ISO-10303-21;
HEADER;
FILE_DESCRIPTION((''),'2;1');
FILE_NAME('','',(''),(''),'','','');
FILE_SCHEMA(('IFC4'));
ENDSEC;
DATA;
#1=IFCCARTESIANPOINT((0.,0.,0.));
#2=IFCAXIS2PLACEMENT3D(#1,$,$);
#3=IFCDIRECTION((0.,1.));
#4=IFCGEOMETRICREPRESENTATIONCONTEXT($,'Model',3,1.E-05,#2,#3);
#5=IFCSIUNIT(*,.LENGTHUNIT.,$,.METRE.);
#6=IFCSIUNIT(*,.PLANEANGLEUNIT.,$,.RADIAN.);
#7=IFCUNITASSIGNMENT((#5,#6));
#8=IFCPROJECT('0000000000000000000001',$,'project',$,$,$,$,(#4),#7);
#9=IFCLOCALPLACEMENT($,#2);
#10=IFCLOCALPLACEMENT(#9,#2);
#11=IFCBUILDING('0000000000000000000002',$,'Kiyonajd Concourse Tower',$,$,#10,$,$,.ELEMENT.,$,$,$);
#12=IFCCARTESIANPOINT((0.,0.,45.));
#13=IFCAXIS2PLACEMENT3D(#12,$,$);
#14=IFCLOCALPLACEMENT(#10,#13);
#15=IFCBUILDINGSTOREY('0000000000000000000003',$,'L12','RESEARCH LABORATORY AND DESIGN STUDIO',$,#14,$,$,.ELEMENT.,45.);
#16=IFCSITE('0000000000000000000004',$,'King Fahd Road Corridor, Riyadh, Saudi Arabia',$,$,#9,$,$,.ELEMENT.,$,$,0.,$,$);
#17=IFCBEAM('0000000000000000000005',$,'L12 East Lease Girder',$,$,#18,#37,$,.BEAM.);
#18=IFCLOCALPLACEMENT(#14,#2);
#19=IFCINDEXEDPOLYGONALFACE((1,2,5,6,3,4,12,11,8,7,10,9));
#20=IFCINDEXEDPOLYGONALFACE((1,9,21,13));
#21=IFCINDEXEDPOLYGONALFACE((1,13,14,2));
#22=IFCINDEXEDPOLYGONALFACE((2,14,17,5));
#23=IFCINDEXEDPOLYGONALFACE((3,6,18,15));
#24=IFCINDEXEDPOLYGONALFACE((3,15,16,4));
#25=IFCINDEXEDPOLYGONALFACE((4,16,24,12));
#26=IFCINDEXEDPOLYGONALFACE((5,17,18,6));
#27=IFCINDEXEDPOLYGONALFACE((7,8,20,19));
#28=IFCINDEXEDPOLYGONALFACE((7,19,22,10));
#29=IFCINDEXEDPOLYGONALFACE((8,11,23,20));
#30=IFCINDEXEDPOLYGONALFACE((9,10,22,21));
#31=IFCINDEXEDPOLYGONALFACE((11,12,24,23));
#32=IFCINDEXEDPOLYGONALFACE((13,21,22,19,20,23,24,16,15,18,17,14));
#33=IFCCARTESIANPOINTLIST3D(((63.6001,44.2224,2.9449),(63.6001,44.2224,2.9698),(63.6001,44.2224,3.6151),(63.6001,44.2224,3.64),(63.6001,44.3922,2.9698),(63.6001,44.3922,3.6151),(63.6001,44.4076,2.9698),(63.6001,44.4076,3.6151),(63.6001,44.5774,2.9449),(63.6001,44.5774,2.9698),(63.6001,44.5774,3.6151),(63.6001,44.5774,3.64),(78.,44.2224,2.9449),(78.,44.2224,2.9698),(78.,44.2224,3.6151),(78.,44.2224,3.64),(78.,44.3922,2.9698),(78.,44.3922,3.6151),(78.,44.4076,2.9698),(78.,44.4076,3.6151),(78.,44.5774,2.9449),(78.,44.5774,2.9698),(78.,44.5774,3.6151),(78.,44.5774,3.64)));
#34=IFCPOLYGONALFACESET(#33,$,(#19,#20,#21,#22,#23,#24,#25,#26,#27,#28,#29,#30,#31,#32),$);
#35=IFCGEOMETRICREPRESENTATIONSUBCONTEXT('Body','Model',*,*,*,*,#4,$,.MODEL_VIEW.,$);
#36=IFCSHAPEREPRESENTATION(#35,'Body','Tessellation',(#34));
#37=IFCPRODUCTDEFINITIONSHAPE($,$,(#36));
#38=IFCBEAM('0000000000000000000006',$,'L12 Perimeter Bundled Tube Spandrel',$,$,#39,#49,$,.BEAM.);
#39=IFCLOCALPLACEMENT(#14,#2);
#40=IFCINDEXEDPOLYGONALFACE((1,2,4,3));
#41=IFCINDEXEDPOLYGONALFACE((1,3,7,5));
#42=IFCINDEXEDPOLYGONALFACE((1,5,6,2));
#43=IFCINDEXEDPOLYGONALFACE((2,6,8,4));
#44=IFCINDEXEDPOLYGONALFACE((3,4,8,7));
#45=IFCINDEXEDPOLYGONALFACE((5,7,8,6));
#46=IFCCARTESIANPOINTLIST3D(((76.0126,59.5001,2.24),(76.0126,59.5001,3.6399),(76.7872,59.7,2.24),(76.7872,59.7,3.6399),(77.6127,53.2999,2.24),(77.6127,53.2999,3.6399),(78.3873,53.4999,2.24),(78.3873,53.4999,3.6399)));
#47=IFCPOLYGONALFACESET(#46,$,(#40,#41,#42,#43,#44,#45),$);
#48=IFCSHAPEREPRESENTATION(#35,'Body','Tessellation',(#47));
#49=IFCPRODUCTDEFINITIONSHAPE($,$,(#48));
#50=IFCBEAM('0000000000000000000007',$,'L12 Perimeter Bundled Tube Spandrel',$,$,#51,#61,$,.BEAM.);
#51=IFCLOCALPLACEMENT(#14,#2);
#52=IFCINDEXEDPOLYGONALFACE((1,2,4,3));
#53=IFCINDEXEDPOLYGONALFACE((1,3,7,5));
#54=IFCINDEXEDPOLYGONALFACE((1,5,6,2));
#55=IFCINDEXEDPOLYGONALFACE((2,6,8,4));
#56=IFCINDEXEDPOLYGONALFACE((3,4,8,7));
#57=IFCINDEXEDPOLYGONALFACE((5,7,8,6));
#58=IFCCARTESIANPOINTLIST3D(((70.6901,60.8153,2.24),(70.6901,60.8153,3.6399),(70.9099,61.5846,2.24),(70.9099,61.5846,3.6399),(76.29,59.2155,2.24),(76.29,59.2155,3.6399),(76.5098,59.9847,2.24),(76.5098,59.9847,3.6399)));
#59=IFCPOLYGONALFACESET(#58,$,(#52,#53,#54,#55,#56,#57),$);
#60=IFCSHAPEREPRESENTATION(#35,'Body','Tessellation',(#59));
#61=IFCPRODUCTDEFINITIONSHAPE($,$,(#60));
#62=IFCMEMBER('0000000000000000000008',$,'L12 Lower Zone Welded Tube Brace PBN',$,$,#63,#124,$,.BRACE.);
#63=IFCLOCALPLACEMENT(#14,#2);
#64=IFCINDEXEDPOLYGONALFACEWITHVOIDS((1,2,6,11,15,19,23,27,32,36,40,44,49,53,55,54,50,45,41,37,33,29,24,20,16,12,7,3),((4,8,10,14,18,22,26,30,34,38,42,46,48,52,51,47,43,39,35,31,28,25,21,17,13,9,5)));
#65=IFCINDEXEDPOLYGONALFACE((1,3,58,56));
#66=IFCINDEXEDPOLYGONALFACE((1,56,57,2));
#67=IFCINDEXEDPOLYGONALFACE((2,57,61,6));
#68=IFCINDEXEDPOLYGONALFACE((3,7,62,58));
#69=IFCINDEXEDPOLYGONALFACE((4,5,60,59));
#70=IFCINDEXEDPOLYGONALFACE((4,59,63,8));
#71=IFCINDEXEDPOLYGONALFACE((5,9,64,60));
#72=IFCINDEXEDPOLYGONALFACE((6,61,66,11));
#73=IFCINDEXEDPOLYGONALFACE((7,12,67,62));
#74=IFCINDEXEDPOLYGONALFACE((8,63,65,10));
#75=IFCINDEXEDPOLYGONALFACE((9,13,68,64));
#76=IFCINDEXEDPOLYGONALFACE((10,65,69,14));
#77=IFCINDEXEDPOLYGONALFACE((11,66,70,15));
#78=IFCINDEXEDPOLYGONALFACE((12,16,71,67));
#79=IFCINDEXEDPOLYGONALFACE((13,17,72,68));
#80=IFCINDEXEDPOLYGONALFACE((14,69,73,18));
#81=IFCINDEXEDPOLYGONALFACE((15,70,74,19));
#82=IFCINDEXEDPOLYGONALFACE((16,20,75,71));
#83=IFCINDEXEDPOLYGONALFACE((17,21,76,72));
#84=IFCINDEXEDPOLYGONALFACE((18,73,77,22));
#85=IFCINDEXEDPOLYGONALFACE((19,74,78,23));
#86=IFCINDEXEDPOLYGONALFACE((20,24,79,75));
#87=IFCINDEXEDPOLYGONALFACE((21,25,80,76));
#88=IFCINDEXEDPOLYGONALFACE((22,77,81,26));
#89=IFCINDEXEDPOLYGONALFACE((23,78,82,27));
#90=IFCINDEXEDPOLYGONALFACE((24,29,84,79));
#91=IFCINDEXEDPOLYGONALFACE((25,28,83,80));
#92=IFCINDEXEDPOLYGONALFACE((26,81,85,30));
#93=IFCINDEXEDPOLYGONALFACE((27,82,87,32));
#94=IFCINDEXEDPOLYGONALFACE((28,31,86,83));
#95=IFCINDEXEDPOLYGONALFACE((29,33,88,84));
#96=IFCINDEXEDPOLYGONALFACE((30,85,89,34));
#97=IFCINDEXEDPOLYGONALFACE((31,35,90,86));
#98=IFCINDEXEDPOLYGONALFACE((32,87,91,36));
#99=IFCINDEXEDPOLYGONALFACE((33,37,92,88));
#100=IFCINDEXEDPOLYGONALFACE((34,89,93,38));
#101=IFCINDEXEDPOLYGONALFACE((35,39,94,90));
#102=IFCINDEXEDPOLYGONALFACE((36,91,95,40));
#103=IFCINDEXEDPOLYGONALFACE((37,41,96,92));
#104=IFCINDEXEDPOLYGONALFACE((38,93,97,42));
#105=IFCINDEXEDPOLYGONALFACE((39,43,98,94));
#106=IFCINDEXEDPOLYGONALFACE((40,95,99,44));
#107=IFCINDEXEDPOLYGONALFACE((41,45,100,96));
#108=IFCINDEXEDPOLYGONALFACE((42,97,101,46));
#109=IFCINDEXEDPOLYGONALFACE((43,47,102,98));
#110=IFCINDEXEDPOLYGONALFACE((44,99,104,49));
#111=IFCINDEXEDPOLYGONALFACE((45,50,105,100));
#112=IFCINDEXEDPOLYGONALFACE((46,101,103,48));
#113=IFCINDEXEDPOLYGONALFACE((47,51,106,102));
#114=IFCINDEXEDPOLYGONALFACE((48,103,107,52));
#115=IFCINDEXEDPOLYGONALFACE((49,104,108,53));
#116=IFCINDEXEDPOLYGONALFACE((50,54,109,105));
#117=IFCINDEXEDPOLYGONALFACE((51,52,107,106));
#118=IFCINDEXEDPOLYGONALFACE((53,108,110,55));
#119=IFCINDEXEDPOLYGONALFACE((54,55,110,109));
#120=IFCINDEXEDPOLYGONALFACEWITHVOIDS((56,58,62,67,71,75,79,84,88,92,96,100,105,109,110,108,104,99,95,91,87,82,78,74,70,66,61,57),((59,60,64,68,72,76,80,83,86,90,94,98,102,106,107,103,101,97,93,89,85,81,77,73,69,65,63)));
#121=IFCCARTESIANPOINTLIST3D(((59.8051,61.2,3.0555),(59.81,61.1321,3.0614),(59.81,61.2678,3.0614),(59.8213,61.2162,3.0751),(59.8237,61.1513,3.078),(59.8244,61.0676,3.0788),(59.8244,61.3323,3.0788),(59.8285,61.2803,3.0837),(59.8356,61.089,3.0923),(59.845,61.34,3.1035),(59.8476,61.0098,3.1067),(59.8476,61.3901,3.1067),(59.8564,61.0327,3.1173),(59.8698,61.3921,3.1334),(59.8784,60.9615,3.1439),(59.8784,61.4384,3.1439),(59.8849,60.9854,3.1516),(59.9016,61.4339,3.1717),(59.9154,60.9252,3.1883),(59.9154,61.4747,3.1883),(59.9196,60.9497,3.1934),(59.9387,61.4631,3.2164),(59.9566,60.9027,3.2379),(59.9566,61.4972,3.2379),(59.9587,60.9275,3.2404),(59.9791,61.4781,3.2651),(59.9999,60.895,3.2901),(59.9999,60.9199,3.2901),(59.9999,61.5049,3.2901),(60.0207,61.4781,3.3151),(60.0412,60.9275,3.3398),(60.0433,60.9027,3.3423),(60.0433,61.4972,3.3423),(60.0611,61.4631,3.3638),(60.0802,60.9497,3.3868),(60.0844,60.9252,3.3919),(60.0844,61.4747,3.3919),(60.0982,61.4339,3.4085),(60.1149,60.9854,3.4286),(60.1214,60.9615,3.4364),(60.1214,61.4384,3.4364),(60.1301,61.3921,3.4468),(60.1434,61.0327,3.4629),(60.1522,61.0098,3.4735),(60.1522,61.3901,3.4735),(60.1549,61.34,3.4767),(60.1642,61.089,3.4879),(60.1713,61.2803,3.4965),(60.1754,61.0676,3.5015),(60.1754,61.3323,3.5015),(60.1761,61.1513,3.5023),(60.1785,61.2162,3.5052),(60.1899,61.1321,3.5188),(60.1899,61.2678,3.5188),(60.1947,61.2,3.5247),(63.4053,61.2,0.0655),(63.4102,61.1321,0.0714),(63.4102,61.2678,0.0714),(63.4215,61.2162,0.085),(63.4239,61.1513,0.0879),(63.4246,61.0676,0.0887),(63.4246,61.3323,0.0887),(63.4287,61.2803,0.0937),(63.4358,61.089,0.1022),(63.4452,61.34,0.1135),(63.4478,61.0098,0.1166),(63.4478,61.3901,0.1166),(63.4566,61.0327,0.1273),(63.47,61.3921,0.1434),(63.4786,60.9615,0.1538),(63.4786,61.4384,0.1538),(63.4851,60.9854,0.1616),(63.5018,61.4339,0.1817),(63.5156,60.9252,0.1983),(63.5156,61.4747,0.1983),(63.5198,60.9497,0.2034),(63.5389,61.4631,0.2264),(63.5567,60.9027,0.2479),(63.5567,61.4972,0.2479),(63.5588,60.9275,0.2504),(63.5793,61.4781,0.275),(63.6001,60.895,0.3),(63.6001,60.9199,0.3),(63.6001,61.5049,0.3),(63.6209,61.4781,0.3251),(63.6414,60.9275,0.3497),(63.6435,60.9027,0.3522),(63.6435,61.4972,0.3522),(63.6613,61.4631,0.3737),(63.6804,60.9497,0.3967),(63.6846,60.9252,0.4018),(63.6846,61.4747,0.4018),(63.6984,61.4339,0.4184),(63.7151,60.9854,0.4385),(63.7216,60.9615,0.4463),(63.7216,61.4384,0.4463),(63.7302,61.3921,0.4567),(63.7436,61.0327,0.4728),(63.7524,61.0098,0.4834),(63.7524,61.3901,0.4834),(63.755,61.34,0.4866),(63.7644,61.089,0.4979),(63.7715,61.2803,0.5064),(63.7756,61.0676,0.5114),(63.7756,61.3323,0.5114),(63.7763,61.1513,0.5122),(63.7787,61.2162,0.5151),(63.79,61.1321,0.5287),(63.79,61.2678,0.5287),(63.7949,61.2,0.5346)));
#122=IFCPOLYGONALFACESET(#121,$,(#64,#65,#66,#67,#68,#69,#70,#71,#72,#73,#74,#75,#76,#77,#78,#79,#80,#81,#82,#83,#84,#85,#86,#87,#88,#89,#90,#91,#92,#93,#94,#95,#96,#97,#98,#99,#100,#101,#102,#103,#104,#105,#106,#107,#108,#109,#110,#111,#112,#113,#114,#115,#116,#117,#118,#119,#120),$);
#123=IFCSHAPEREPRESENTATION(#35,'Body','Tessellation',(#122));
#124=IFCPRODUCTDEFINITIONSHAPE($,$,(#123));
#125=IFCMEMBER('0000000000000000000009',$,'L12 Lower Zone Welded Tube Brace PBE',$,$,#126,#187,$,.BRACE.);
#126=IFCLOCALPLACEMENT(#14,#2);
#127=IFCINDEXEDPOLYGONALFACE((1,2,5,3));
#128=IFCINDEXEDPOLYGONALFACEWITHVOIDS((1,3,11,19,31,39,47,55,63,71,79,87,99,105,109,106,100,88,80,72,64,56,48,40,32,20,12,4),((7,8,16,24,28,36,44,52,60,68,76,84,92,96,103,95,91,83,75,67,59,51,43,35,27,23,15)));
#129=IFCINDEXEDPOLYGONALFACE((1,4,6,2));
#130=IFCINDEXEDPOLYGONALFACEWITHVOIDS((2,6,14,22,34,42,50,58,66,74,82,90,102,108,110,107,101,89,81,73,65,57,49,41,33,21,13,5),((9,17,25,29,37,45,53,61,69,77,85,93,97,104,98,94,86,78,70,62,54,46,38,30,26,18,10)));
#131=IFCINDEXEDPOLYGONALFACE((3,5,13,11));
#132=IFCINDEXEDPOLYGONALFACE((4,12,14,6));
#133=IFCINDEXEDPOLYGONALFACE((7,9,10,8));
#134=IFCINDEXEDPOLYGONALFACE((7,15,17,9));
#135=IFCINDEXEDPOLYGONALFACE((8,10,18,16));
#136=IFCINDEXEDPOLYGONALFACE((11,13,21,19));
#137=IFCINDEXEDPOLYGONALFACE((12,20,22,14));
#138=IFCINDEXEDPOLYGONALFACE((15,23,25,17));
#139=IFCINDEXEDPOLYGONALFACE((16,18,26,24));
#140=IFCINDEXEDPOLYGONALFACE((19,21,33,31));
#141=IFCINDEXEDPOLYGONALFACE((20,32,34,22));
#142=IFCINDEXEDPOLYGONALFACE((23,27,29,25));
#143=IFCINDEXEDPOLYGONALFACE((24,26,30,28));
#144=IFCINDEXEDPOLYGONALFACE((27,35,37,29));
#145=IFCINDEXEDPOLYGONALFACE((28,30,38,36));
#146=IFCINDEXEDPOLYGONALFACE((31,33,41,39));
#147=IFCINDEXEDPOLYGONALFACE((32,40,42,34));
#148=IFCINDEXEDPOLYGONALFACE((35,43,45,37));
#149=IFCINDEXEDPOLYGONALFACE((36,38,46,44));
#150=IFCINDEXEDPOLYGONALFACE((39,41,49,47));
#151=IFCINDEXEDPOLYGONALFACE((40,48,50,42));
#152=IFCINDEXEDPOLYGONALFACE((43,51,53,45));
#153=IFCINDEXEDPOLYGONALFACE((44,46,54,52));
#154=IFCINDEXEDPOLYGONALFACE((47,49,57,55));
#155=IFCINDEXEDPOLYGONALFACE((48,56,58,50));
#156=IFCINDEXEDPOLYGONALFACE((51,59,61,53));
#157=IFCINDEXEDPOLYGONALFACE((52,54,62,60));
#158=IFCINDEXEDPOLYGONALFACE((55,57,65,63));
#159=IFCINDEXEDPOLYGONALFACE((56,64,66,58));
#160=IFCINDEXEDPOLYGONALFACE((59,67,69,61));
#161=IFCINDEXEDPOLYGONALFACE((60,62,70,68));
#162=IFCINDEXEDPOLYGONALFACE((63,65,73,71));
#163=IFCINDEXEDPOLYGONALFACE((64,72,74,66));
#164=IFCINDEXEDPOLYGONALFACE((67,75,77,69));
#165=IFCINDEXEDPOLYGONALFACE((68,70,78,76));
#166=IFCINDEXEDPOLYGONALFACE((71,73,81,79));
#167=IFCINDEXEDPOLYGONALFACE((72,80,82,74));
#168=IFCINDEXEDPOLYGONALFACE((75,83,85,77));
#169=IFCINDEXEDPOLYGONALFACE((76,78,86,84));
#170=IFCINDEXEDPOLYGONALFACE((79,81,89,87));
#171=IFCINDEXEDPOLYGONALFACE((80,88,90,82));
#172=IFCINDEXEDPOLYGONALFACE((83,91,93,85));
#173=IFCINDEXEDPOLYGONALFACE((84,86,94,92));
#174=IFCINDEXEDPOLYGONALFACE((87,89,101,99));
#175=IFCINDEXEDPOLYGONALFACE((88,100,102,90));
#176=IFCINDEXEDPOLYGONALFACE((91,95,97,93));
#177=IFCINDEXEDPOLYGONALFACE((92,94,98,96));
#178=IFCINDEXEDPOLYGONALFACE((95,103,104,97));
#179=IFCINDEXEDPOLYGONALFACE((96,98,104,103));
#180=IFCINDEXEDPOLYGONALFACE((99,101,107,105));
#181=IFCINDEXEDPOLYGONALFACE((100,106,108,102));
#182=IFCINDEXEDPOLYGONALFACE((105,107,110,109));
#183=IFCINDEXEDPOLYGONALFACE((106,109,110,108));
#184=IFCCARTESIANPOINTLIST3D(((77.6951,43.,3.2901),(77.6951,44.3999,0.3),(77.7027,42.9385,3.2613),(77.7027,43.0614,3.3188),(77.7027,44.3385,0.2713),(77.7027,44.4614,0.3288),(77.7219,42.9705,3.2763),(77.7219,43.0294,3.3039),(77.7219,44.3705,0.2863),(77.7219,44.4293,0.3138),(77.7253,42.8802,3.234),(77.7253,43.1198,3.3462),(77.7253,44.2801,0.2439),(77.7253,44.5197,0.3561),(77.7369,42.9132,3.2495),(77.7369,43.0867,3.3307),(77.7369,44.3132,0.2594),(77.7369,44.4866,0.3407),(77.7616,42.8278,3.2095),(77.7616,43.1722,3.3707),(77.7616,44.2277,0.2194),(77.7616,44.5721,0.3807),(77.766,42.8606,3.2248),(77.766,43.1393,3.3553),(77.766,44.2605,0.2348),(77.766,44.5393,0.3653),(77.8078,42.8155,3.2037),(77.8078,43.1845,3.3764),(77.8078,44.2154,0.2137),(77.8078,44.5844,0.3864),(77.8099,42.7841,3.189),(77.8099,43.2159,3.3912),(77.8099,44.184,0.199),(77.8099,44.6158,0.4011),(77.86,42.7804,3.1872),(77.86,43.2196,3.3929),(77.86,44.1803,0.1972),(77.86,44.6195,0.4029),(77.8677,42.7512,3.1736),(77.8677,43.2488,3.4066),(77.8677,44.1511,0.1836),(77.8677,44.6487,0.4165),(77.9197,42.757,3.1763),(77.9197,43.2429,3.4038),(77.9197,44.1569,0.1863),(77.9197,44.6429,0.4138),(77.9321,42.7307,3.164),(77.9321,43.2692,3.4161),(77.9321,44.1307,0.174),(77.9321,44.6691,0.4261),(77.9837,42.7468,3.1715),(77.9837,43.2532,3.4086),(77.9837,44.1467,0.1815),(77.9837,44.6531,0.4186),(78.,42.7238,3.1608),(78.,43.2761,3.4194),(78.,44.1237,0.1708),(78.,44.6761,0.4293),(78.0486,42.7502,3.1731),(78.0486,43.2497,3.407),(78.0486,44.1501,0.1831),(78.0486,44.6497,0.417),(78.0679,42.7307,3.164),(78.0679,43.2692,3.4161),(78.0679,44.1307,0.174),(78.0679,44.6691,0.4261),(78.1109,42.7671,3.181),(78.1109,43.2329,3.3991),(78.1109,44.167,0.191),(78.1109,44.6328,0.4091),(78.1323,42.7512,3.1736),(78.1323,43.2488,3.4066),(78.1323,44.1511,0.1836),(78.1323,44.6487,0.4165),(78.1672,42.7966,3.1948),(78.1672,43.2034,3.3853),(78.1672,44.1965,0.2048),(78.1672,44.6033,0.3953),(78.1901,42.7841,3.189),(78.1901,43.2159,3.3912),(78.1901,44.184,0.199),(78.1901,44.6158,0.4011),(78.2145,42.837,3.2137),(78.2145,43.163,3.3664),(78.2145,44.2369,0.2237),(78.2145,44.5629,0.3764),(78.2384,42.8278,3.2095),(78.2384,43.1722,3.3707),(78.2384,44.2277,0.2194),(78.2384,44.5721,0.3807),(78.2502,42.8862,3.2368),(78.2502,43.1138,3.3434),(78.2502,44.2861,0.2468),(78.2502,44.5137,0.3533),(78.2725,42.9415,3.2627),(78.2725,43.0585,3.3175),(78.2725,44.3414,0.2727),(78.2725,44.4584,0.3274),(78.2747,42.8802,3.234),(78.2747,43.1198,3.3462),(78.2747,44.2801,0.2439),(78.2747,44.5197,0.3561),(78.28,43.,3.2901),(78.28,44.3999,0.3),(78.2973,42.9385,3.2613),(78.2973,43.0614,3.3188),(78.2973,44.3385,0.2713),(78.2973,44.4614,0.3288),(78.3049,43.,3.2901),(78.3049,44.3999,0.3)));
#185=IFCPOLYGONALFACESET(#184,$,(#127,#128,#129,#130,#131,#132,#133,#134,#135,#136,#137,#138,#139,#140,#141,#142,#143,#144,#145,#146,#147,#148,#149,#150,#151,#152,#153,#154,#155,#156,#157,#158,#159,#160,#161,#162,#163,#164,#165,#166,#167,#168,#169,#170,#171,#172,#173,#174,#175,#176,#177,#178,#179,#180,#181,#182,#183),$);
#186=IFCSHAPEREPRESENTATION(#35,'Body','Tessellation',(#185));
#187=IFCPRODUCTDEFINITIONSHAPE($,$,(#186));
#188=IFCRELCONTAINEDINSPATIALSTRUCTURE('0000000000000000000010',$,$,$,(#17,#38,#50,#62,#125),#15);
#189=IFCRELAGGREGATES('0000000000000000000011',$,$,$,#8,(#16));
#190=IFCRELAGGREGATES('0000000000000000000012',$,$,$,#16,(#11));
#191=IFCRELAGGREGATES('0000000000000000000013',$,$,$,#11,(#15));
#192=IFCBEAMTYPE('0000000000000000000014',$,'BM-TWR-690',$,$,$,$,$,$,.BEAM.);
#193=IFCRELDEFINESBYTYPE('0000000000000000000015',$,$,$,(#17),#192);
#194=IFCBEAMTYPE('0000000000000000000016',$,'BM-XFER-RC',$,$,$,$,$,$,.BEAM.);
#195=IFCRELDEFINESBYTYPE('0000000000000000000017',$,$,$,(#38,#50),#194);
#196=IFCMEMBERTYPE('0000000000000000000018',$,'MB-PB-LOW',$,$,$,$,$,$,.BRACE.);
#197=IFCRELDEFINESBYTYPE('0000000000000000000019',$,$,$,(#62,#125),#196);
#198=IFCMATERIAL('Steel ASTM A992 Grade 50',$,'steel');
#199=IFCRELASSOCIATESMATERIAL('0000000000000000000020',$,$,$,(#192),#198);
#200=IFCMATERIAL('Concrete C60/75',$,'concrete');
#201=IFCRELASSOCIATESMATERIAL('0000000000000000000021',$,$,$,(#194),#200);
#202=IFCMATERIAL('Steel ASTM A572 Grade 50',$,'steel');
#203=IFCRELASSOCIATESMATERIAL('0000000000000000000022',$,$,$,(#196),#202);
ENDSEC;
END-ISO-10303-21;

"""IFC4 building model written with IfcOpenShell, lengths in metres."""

from ifc_helpers import new_model, si_unit, direction, frame, origin, origin_2d, place, context, subcontext, project, spatial, rectangle, hollow_circle, i_section, extrude, material, material_profile, profile_set, type_object, element, save


model = new_model("IFC4")

# Units and contexts
model_context = context("Model", 3, precision=1e-05, world=origin(), true_north=direction((0.0, 1.0)))
body_context = subcontext(model_context, "Body", "Model", "MODEL_VIEW")
ifc_project = project(units=[si_unit("LENGTHUNIT", "METRE"), si_unit("PLANEANGLEUNIT", "RADIAN")], contexts=[model_context])

# Site, building, storey
site_placement = place(None, origin())
site = spatial("IfcSite", under=ifc_project, at=site_placement, Name="King Fahd Road Corridor, Riyadh, Saudi Arabia", CompositionType="ELEMENT", RefElevation=0.0)
building_placement = place(site_placement, origin())
building = spatial("IfcBuilding", under=site, at=building_placement, Name="Kiyonajd Concourse Tower", CompositionType="ELEMENT")
storey_placement = place(building_placement, frame((0.0, 0.0, 45.0)))
storey = spatial("IfcBuildingStorey", under=building, at=storey_placement, Name="L12", Description="RESEARCH LABORATORY AND DESIGN STUDIO", CompositionType="ELEMENT", Elevation=45.0)

# Beams
ifc_material_1 = material(Name="Steel ASTM A992 Grade 50", Category="steel")
ifc_material_profile_1 = material_profile(ifc_material_1, i_section(OverallWidth=0.355, OverallDepth=0.6951, WebThickness=0.0154, FlangeThickness=0.0249, at=origin_2d()), Name="W690X217")
ifc_profile_set_1 = profile_set([ifc_material_profile_1], Name="Steel ASTM A992 Grade 50")
beam_type_1 = type_object("IfcBeamType", Name="BM-TWR-690", PredefinedType="BEAM", material=ifc_profile_set_1)
beam_1_placement = place(storey_placement, frame((63.6001, 44.3999, 3.2925), z_axis=(1.0, 0.0, 0.0), x_axis=(0.0, 1.0, 0.0)))
element("IfcBeam", 1, at=beam_1_placement, inside=storey, type_object=beam_type_1, Name="L12 East Lease Girder", PredefinedType="BEAM", context=body_context, shape_type="SweptSolid", body=[
    extrude(i_section(OverallWidth=0.355, OverallDepth=0.6951, WebThickness=0.0154, FlangeThickness=0.0249, at=origin_2d()), origin(), (0.0, 0.0, 1.0), 14.3999),
])
ifc_material_2 = material(Name="Concrete C60/75", Category="concrete")
ifc_material_profile_2 = material_profile(ifc_material_2, rectangle(XDim=0.8, YDim=1.3999, at=origin_2d()), Name="RCBM-800x1400")
ifc_profile_set_2 = profile_set([ifc_material_profile_2], Name="Concrete C60/75")
beam_type_2 = type_object("IfcBeamType", Name="BM-XFER-RC", PredefinedType="BEAM", material=ifc_profile_set_2)
beam_2_placement = place(storey_placement, frame((78.0, 53.3999, 2.9399), z_axis=(-0.249885, 0.968276, 0.0), x_axis=(-0.968276, -0.249885, 0.0)))
element("IfcBeam", 2, at=beam_2_placement, inside=storey, type_object=beam_type_2, Name="L12 Perimeter Bundled Tube Spandrel", PredefinedType="BEAM", context=body_context, shape_type="SweptSolid", body=[
    extrude(rectangle(XDim=0.8, YDim=1.3999, at=origin_2d()), origin(), (0.0, 0.0, 1.0), 6.4033),
])
beam_3_placement = place(storey_placement, frame((76.3999, 59.6001, 2.9399), z_axis=(-0.961529, 0.274705, 0.0), x_axis=(-0.274705, -0.961529, 0.0)))
element("IfcBeam", 3, at=beam_3_placement, inside=storey, type_object=beam_type_2, Name="L12 Perimeter Bundled Tube Spandrel", PredefinedType="BEAM", context=body_context, shape_type="SweptSolid", body=[
    extrude(rectangle(XDim=0.8, YDim=1.3999, at=origin_2d()), origin(), (0.0, 0.0, 1.0), 5.824),
])

# Members
ifc_material_3 = material(Name="Steel ASTM A572 Grade 50", Category="steel")
ifc_material_profile_3 = material_profile(ifc_material_3, hollow_circle(Radius=0.3049, WallThickness=0.0249, at=origin_2d()), Name="CHS-610x25")
ifc_profile_set_3 = profile_set([ifc_material_profile_3], Name="Steel ASTM A572 Grade 50")
member_type = type_object("IfcMemberType", Name="MB-PB-LOW", PredefinedType="BRACE", material=ifc_profile_set_3)
member_1_placement = place(storey_placement, frame((63.6001, 61.2, 0.3), z_axis=(-0.769281, 0.0, 0.638911), x_axis=(0.0, -1.0, 0.0)))
element("IfcMember", 4, at=member_1_placement, inside=storey, type_object=member_type, Name="L12 Lower Zone Welded Tube Brace PBN", PredefinedType="BRACE", context=body_context, shape_type="SweptSolid", body=[
    extrude(hollow_circle(Radius=0.3049, WallThickness=0.0249, at=origin_2d()), origin(), (0.0, 0.0, 1.0), 4.6799),
])
member_2_placement = place(storey_placement, frame((78.0, 44.3999, 0.3), z_axis=(0.0, -0.424023, 0.905652), x_axis=(1.0, 0.0, 0.0)))
element("IfcMember", 5, at=member_2_placement, inside=storey, type_object=member_type, Name="L12 Lower Zone Welded Tube Brace PBE", PredefinedType="BRACE", context=body_context, shape_type="SweptSolid", body=[
    extrude(hollow_circle(Radius=0.3049, WallThickness=0.0249, at=origin_2d()), origin(), (0.0, 0.0, 1.0), 3.3015),
])

save(model, "model.ifc")
